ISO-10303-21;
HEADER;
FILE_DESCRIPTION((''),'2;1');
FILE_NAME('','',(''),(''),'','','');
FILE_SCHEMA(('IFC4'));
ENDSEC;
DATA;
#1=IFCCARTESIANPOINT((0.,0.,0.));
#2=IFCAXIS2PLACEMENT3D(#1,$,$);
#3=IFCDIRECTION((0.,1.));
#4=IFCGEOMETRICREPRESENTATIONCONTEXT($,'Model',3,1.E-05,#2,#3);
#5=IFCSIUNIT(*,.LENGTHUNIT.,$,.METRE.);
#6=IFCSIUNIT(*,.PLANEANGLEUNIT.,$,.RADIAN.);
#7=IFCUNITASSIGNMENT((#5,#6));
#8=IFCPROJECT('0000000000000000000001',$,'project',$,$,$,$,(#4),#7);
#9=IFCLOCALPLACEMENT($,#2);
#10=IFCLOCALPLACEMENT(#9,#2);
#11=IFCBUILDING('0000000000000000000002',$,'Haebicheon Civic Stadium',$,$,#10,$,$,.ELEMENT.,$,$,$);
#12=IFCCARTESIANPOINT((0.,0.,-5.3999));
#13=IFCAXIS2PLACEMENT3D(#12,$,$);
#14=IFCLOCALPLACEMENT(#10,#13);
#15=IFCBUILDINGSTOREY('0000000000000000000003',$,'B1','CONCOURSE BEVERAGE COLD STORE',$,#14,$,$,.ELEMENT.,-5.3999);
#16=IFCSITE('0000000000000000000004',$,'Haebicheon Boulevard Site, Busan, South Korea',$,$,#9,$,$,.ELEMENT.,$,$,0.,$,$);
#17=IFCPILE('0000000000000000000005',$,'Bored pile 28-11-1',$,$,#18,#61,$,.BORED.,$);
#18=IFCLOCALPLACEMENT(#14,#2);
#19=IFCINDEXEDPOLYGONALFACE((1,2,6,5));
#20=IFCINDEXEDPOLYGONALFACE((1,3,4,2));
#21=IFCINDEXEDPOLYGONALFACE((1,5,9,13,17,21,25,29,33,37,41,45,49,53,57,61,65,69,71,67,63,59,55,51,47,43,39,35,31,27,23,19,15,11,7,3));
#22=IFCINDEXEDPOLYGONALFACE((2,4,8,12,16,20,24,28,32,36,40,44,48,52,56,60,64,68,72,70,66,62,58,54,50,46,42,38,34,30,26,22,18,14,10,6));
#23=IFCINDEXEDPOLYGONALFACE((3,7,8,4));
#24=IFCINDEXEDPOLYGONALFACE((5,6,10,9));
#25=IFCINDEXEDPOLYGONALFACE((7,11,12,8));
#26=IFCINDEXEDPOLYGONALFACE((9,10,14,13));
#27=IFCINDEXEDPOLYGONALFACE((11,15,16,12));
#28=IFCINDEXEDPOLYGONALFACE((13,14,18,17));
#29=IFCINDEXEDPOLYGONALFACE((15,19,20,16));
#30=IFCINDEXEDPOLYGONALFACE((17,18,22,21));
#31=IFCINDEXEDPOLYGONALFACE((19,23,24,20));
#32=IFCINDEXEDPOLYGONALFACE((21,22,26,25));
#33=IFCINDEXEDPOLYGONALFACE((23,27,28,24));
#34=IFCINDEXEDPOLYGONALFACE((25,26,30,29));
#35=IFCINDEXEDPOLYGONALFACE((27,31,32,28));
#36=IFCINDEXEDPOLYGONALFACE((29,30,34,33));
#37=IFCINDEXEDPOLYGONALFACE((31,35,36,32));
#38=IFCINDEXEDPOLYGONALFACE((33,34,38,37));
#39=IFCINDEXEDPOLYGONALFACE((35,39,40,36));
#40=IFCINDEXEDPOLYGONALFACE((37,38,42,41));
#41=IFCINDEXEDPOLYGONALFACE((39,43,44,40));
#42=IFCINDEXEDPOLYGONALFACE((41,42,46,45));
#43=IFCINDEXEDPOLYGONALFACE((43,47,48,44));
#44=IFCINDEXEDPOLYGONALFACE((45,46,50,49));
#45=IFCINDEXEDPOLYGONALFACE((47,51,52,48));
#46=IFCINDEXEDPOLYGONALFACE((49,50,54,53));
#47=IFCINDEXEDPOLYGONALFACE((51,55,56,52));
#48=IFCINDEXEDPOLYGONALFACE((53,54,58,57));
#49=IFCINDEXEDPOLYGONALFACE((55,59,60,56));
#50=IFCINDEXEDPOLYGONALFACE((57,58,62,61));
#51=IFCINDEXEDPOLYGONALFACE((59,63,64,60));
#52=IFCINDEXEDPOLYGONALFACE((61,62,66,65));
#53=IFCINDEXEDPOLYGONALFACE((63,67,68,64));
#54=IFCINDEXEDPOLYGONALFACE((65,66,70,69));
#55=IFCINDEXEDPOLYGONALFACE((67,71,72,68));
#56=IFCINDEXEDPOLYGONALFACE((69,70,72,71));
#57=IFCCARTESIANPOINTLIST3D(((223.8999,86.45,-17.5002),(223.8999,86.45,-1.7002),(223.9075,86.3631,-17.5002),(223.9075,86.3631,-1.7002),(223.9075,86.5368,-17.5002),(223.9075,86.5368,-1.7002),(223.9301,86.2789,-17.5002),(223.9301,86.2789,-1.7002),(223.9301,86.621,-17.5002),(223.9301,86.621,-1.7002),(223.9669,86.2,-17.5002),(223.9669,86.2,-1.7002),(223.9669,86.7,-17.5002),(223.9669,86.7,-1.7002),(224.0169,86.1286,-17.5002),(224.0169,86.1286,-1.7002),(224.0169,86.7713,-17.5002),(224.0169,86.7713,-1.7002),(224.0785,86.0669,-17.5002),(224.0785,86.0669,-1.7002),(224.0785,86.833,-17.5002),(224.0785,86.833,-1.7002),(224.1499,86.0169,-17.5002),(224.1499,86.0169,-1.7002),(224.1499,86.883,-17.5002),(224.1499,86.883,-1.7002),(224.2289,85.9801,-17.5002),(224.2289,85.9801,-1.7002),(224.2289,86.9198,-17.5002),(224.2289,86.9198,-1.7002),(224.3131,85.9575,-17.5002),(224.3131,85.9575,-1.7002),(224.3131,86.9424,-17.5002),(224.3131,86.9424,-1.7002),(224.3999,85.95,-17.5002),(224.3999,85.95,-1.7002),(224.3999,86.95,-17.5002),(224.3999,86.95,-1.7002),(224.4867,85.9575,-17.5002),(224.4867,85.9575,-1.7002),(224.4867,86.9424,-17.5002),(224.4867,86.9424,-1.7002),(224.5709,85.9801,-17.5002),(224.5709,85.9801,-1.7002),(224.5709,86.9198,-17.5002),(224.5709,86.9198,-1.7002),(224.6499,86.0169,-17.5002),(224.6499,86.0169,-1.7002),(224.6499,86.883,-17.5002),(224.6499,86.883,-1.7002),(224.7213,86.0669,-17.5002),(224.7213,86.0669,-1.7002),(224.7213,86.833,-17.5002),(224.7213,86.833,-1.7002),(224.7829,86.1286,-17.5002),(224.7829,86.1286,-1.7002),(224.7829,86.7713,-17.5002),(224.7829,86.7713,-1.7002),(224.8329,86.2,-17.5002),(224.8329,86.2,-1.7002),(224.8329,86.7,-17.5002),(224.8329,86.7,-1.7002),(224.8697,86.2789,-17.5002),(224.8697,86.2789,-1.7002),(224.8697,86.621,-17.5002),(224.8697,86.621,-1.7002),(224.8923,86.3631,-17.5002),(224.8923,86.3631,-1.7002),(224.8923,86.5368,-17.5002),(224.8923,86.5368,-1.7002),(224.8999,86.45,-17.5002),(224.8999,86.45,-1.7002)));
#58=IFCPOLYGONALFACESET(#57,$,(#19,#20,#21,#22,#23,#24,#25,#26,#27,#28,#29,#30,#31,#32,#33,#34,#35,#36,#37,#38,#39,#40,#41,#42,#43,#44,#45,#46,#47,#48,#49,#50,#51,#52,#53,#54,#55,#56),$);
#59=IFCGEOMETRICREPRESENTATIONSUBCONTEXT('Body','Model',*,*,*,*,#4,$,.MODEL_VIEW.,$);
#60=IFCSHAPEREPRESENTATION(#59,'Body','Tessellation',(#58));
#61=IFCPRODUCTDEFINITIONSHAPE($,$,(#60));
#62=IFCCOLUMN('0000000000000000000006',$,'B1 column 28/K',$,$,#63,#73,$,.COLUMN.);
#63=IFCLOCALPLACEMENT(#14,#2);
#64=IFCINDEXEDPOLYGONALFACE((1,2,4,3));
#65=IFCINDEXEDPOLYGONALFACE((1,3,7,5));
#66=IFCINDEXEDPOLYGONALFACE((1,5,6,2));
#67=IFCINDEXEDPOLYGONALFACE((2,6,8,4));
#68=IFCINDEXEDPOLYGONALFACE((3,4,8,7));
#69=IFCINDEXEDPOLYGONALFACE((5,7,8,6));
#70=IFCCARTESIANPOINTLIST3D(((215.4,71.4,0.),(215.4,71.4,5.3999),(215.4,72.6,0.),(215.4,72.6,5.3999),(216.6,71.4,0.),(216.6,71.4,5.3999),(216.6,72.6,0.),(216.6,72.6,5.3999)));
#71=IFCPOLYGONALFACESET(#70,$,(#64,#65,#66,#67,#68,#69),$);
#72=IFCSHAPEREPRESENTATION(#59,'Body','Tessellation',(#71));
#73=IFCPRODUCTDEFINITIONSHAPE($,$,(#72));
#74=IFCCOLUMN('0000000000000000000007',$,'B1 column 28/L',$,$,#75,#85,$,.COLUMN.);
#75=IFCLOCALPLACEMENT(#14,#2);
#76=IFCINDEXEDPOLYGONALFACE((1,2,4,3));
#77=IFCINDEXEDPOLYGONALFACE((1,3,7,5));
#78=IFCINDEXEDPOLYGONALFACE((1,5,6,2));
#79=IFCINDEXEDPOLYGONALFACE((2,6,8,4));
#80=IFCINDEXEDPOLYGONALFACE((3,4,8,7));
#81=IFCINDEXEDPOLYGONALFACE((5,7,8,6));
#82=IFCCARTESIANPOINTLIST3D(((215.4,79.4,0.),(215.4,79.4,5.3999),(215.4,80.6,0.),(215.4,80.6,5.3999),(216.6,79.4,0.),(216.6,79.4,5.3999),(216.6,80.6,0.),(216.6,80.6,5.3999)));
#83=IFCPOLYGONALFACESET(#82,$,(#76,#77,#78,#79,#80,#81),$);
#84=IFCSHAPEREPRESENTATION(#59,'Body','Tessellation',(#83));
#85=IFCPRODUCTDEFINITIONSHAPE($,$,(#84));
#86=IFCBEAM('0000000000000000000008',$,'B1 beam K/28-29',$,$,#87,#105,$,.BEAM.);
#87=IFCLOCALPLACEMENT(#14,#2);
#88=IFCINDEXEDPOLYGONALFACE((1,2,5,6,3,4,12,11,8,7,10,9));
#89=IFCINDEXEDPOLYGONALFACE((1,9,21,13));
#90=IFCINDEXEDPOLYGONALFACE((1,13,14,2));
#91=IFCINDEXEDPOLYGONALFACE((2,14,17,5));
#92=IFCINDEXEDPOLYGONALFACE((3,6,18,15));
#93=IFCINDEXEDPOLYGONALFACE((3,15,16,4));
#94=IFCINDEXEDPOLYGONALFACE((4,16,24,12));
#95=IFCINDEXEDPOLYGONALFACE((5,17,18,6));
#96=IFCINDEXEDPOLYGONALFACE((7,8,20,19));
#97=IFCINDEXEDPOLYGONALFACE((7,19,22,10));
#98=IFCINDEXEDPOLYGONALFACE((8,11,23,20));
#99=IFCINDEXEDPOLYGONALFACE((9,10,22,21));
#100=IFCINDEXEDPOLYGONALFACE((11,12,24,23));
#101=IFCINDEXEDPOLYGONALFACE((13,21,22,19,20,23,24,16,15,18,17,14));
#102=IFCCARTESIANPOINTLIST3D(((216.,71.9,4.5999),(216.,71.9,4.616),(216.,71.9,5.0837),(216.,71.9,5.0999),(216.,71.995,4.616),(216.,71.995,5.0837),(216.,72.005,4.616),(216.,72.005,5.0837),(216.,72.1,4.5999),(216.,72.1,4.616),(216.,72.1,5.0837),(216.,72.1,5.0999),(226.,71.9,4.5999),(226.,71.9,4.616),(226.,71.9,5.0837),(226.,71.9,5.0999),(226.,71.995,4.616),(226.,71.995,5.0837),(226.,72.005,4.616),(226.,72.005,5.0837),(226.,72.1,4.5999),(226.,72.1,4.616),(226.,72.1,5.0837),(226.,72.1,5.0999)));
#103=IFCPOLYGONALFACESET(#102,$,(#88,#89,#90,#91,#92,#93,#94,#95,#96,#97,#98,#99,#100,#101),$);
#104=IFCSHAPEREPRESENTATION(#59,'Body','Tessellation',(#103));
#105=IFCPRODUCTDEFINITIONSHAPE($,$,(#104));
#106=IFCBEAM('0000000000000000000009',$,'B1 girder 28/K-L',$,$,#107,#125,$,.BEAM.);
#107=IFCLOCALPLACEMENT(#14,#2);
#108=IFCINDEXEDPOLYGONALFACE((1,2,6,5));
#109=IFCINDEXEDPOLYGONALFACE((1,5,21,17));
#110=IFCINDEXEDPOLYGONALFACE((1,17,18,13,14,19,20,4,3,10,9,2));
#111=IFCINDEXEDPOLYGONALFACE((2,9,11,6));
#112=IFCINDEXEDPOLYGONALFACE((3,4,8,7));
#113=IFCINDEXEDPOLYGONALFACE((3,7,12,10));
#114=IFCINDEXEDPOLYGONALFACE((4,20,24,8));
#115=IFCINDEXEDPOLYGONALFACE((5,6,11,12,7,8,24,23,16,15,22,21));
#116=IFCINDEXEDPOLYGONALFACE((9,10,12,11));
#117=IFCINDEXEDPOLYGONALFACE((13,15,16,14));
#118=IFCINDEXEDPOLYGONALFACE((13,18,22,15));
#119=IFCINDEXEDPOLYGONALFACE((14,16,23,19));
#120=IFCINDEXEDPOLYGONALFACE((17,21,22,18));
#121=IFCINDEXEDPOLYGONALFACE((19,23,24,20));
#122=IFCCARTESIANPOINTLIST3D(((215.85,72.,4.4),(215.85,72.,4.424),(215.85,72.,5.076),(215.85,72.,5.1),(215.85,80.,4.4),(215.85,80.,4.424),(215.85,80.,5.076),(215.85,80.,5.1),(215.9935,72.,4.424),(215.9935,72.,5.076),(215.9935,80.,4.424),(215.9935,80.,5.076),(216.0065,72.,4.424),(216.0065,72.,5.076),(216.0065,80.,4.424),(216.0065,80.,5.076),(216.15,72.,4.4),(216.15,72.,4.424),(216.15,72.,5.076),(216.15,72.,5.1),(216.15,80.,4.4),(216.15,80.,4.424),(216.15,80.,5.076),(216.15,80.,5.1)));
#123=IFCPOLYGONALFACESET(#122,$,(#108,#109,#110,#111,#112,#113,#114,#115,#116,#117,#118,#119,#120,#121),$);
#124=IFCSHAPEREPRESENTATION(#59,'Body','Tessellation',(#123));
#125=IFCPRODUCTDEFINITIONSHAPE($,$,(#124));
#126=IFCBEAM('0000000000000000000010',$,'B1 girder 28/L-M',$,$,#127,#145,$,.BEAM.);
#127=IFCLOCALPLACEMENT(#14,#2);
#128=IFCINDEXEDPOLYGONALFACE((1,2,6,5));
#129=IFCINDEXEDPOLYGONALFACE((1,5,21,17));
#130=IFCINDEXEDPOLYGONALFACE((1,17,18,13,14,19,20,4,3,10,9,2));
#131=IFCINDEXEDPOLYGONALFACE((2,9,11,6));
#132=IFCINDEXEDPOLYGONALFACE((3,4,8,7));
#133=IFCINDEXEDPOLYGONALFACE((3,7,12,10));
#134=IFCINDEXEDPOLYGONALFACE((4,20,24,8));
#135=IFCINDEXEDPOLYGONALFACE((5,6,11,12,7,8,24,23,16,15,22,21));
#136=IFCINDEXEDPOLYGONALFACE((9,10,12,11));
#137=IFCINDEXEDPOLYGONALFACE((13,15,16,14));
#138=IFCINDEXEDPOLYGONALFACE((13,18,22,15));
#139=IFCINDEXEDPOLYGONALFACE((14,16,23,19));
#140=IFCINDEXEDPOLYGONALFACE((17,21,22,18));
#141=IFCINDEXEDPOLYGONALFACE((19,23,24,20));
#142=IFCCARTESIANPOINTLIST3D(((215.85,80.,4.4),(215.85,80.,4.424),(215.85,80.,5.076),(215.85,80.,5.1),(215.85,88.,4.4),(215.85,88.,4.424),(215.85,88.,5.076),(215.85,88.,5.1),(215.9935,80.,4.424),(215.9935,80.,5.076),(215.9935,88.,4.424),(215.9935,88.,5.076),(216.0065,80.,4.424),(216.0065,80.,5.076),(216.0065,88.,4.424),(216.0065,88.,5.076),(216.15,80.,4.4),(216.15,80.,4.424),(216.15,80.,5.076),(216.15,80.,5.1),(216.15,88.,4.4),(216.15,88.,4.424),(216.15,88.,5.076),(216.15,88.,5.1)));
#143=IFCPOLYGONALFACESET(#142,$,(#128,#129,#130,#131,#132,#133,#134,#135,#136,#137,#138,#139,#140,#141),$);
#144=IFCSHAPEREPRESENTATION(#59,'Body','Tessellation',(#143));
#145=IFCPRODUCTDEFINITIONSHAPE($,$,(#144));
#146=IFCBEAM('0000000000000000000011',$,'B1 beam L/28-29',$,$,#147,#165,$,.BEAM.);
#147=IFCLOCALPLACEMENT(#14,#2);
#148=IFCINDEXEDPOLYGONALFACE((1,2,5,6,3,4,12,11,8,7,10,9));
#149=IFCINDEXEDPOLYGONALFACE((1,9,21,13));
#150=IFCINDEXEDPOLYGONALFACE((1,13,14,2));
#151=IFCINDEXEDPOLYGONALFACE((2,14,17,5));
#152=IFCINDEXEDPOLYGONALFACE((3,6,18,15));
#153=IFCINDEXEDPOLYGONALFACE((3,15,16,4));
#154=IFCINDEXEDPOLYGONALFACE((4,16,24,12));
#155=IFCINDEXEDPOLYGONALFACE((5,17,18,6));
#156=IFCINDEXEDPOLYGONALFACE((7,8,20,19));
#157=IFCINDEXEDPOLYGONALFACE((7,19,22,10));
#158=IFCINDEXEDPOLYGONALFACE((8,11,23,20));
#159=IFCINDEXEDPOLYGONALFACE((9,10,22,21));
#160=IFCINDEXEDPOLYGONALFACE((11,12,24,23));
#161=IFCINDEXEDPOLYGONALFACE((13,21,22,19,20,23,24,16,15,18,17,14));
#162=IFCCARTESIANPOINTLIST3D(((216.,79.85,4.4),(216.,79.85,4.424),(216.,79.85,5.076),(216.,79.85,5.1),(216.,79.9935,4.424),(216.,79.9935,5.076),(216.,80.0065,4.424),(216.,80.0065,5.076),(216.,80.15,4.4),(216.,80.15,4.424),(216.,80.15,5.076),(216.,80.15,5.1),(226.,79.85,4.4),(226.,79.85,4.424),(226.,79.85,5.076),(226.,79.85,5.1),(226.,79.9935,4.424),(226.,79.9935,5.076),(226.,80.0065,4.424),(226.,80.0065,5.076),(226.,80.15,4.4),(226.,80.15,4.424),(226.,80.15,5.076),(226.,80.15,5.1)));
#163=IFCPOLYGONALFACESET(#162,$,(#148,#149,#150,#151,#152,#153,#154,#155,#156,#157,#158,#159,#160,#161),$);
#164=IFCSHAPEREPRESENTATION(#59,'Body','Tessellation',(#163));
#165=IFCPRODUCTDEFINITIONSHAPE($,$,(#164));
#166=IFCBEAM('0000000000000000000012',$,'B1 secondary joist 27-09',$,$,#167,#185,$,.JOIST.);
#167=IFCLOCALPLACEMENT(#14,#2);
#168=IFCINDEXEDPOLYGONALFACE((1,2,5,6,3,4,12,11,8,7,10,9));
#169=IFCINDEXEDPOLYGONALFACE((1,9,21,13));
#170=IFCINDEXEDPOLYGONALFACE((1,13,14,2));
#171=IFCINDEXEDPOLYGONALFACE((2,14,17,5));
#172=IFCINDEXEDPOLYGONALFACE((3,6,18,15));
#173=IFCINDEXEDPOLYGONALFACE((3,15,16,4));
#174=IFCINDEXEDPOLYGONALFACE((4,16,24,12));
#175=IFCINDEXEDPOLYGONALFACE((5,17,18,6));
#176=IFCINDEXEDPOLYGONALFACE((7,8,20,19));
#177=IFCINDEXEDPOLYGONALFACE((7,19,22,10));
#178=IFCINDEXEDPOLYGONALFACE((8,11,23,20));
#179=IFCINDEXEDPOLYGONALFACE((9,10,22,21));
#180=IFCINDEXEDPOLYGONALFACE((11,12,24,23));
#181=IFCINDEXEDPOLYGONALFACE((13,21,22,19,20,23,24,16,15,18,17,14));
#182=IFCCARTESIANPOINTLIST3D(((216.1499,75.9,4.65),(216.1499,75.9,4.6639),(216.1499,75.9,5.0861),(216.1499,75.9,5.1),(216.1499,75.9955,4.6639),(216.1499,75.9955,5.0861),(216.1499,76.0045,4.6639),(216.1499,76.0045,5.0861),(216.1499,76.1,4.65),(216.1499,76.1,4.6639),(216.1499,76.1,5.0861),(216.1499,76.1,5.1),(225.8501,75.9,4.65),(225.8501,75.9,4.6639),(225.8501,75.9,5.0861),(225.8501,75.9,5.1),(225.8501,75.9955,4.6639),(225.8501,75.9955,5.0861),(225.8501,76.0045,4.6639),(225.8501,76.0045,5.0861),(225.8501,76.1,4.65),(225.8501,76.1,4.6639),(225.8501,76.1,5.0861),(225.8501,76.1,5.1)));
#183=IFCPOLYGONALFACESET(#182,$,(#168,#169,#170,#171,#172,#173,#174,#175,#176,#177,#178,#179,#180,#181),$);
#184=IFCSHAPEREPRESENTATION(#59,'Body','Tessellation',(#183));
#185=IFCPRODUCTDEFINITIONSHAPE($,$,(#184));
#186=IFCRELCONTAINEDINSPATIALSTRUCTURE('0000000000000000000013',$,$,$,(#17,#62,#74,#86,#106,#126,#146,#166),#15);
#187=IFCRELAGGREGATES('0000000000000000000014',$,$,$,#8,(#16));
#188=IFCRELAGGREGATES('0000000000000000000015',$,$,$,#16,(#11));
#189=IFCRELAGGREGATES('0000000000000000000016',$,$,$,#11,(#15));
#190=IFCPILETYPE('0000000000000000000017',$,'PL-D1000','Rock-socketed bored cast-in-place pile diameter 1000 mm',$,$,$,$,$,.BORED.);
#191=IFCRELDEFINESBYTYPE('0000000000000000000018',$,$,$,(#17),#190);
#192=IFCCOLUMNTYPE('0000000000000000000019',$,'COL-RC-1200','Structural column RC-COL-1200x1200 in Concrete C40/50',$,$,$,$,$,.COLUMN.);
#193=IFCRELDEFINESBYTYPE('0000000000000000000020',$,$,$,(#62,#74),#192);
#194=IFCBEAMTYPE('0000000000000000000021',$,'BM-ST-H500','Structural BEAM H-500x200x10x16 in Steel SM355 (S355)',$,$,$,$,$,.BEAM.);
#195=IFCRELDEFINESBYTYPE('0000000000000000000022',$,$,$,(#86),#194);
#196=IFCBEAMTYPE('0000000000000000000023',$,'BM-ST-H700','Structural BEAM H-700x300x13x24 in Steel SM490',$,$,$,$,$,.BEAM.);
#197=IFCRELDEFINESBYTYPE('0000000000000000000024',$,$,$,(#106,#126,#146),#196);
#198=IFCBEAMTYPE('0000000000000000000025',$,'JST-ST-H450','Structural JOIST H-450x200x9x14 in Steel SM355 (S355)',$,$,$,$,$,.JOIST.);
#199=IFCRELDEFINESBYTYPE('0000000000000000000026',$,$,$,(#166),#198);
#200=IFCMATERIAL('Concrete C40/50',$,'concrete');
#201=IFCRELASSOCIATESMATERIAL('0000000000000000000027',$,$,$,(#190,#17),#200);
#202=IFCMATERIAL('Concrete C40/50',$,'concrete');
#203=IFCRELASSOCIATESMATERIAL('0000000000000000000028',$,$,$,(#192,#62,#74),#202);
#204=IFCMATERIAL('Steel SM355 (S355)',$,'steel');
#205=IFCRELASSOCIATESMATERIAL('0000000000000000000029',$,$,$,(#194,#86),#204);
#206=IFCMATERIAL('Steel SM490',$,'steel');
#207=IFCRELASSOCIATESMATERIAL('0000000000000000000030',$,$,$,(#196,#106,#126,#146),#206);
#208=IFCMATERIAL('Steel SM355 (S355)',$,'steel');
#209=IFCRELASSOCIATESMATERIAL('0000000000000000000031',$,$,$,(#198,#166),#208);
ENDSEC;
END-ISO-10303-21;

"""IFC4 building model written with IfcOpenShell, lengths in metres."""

from ifc_helpers import new_model, si_unit, direction, frame, origin, origin_2d, place, context, subcontext, project, spatial, rectangle, circle, i_section, extrude, material, material_profile, profile_set, type_object, element, save


model = new_model("IFC4")

# Units and contexts
model_context = context("Model", 3, precision=1e-05, world=origin(), true_north=direction((0.0, 1.0)))
body_context = subcontext(model_context, "Body", "Model", "MODEL_VIEW")
ifc_project = project(units=[si_unit("LENGTHUNIT", "METRE"), si_unit("PLANEANGLEUNIT", "RADIAN")], contexts=[model_context])

# Site, building, storey
site_placement = place(None, origin())
site = spatial("IfcSite", under=ifc_project, at=site_placement, Name="Haebicheon Boulevard Site, Busan, South Korea", CompositionType="ELEMENT", RefElevation=0.0)
building_placement = place(site_placement, origin())
building = spatial("IfcBuilding", under=site, at=building_placement, Name="Haebicheon Civic Stadium", CompositionType="ELEMENT")
storey_placement = place(building_placement, frame((0.0, 0.0, -5.3999)))
storey = spatial("IfcBuildingStorey", under=building, at=storey_placement, Name="B1", Description="CONCOURSE BEVERAGE COLD STORE", CompositionType="ELEMENT", Elevation=-5.3999)

# Pile
ifc_material_1 = material(Name="Concrete C40/50", Category="concrete")
ifc_material_profile_1 = material_profile(ifc_material_1, circle(Radius=0.5, at=origin_2d()), Name="PILE-D1000")
ifc_profile_set_1 = profile_set([ifc_material_profile_1], Name="Concrete C40/50")
pile_type = type_object("IfcPileType", Name="PL-D1000", Description="Rock-socketed bored cast-in-place pile diameter 1000 mm", PredefinedType="BORED", material=ifc_profile_set_1)
for number, where, z_axis, x_axis, name in (
    (1, (224.3999, 86.45, -1.7002), (0.0, 0.0, -1.0), (1.0, 0.0, 0.0), "Bored pile 28-11-1"),
):
    element("IfcPile", number, at=place(storey_placement, frame(where, z_axis=z_axis, x_axis=x_axis)), inside=storey, type_object=pile_type, material=ifc_profile_set_1, Name=name, PredefinedType="BORED", context=body_context, shape_type="SweptSolid", body=[
        extrude(circle(Radius=0.5, at=origin_2d()), origin(), (0.0, 0.0, 1.0), 15.8),
    ])

# Columns
ifc_material_2 = material(Name="Concrete C40/50", Category="concrete")
ifc_material_profile_2 = material_profile(ifc_material_2, rectangle(XDim=1.2, YDim=1.2, at=origin_2d()), Name="RC-COL-1200x1200")
ifc_profile_set_2 = profile_set([ifc_material_profile_2], Name="Concrete C40/50")
column_type = type_object("IfcColumnType", Name="COL-RC-1200", Description="Structural column RC-COL-1200x1200 in Concrete C40/50", PredefinedType="COLUMN", material=ifc_profile_set_2)
for number, where, z_axis, x_axis, name in (
    (2, (216.0, 72.0, 0.0), (0.0, 0.0, 1.0), (1.0, 0.0, 0.0), "B1 column 28/K"),
    (3, (216.0, 80.0, 0.0), (0.0, 0.0, 1.0), (1.0, 0.0, 0.0), "B1 column 28/L"),
):
    element("IfcColumn", number, at=place(storey_placement, frame(where, z_axis=z_axis, x_axis=x_axis)), inside=storey, type_object=column_type, material=ifc_profile_set_2, Name=name, PredefinedType="COLUMN", context=body_context, shape_type="SweptSolid", body=[
        extrude(rectangle(XDim=1.2, YDim=1.2, at=origin_2d()), origin(), (0.0, 0.0, 1.0), 5.3999),
    ])

# Beams
ifc_material_3 = material(Name="Steel SM355 (S355)", Category="steel")
ifc_material_profile_3 = material_profile(ifc_material_3, i_section(OverallWidth=0.2, OverallDepth=0.5, WebThickness=0.01, FlangeThickness=0.0161, at=origin_2d()), Name="H-500x200x10x16")
ifc_profile_set_3 = profile_set([ifc_material_profile_3], Name="Steel SM355 (S355)")
beam_type_1 = type_object("IfcBeamType", Name="BM-ST-H500", Description="Structural BEAM H-500x200x10x16 in Steel SM355 (S355)", PredefinedType="BEAM", material=ifc_profile_set_3)
beam_1_placement = place(storey_placement, frame((216.0, 72.0, 4.8499), z_axis=(1.0, 0.0, 0.0), x_axis=(0.0, 1.0, 0.0)))
element("IfcBeam", 4, at=beam_1_placement, inside=storey, type_object=beam_type_1, material=ifc_profile_set_3, Name="B1 beam K/28-29", PredefinedType="BEAM", context=body_context, shape_type="SweptSolid", body=[
    extrude(i_section(OverallWidth=0.2, OverallDepth=0.5, WebThickness=0.01, FlangeThickness=0.0161, at=origin_2d()), origin(), (0.0, 0.0, 1.0), 10.0),
])
ifc_material_4 = material(Name="Steel SM490", Category="steel")
ifc_material_profile_4 = material_profile(ifc_material_4, i_section(OverallWidth=0.3, OverallDepth=0.7, WebThickness=0.0129, FlangeThickness=0.0239, at=origin_2d()), Name="H-700x300x13x24")
ifc_profile_set_4 = profile_set([ifc_material_profile_4], Name="Steel SM490")
beam_type_2 = type_object("IfcBeamType", Name="BM-ST-H700", Description="Structural BEAM H-700x300x13x24 in Steel SM490", PredefinedType="BEAM", material=ifc_profile_set_4)
for number, where, z_axis, x_axis, name in (
    (5, (216.0, 72.0, 4.75), (0.0, 1.0, 0.0), (-1.0, 0.0, 0.0), "B1 girder 28/K-L"),
    (6, (216.0, 80.0, 4.75), (0.0, 1.0, 0.0), (-1.0, 0.0, 0.0), "B1 girder 28/L-M"),
):
    element("IfcBeam", number, at=place(storey_placement, frame(where, z_axis=z_axis, x_axis=x_axis)), inside=storey, type_object=beam_type_2, material=ifc_profile_set_4, Name=name, PredefinedType="BEAM", context=body_context, shape_type="SweptSolid", body=[
        extrude(i_section(OverallWidth=0.3, OverallDepth=0.7, WebThickness=0.0129, FlangeThickness=0.0239, at=origin_2d()), origin(), (0.0, 0.0, 1.0), 8.0),
    ])
beam_2_placement = place(storey_placement, frame((216.0, 80.0, 4.75), z_axis=(1.0, 0.0, 0.0), x_axis=(0.0, 1.0, 0.0)))
element("IfcBeam", 7, at=beam_2_placement, inside=storey, type_object=beam_type_2, material=ifc_profile_set_4, Name="B1 beam L/28-29", PredefinedType="BEAM", context=body_context, shape_type="SweptSolid", body=[
    extrude(i_section(OverallWidth=0.3, OverallDepth=0.7, WebThickness=0.0129, FlangeThickness=0.0239, at=origin_2d()), origin(), (0.0, 0.0, 1.0), 10.0),
])
ifc_material_5 = material(Name="Steel SM355 (S355)", Category="steel")
ifc_material_profile_5 = material_profile(ifc_material_5, i_section(OverallWidth=0.2, OverallDepth=0.45, WebThickness=0.009, FlangeThickness=0.0139, at=origin_2d()), Name="H-450x200x9x14")
ifc_profile_set_5 = profile_set([ifc_material_profile_5], Name="Steel SM355 (S355)")
beam_type_3 = type_object("IfcBeamType", Name="JST-ST-H450", Description="Structural JOIST H-450x200x9x14 in Steel SM355 (S355)", PredefinedType="JOIST", material=ifc_profile_set_5)
for number, where, z_axis, x_axis, name in (
    (8, (216.1499, 76.0, 4.875), (1.0, 0.0, 0.0), (0.0, 1.0, 0.0), "B1 secondary joist 27-09"),
):
    element("IfcBeam", number, at=place(storey_placement, frame(where, z_axis=z_axis, x_axis=x_axis)), inside=storey, type_object=beam_type_3, material=ifc_profile_set_5, Name=name, PredefinedType="JOIST", context=body_context, shape_type="SweptSolid", body=[
        extrude(i_section(OverallWidth=0.2, OverallDepth=0.45, WebThickness=0.009, FlangeThickness=0.0139, at=origin_2d()), origin(), (0.0, 0.0, 1.0), 9.7002),
    ])

save(model, "model.ifc")
